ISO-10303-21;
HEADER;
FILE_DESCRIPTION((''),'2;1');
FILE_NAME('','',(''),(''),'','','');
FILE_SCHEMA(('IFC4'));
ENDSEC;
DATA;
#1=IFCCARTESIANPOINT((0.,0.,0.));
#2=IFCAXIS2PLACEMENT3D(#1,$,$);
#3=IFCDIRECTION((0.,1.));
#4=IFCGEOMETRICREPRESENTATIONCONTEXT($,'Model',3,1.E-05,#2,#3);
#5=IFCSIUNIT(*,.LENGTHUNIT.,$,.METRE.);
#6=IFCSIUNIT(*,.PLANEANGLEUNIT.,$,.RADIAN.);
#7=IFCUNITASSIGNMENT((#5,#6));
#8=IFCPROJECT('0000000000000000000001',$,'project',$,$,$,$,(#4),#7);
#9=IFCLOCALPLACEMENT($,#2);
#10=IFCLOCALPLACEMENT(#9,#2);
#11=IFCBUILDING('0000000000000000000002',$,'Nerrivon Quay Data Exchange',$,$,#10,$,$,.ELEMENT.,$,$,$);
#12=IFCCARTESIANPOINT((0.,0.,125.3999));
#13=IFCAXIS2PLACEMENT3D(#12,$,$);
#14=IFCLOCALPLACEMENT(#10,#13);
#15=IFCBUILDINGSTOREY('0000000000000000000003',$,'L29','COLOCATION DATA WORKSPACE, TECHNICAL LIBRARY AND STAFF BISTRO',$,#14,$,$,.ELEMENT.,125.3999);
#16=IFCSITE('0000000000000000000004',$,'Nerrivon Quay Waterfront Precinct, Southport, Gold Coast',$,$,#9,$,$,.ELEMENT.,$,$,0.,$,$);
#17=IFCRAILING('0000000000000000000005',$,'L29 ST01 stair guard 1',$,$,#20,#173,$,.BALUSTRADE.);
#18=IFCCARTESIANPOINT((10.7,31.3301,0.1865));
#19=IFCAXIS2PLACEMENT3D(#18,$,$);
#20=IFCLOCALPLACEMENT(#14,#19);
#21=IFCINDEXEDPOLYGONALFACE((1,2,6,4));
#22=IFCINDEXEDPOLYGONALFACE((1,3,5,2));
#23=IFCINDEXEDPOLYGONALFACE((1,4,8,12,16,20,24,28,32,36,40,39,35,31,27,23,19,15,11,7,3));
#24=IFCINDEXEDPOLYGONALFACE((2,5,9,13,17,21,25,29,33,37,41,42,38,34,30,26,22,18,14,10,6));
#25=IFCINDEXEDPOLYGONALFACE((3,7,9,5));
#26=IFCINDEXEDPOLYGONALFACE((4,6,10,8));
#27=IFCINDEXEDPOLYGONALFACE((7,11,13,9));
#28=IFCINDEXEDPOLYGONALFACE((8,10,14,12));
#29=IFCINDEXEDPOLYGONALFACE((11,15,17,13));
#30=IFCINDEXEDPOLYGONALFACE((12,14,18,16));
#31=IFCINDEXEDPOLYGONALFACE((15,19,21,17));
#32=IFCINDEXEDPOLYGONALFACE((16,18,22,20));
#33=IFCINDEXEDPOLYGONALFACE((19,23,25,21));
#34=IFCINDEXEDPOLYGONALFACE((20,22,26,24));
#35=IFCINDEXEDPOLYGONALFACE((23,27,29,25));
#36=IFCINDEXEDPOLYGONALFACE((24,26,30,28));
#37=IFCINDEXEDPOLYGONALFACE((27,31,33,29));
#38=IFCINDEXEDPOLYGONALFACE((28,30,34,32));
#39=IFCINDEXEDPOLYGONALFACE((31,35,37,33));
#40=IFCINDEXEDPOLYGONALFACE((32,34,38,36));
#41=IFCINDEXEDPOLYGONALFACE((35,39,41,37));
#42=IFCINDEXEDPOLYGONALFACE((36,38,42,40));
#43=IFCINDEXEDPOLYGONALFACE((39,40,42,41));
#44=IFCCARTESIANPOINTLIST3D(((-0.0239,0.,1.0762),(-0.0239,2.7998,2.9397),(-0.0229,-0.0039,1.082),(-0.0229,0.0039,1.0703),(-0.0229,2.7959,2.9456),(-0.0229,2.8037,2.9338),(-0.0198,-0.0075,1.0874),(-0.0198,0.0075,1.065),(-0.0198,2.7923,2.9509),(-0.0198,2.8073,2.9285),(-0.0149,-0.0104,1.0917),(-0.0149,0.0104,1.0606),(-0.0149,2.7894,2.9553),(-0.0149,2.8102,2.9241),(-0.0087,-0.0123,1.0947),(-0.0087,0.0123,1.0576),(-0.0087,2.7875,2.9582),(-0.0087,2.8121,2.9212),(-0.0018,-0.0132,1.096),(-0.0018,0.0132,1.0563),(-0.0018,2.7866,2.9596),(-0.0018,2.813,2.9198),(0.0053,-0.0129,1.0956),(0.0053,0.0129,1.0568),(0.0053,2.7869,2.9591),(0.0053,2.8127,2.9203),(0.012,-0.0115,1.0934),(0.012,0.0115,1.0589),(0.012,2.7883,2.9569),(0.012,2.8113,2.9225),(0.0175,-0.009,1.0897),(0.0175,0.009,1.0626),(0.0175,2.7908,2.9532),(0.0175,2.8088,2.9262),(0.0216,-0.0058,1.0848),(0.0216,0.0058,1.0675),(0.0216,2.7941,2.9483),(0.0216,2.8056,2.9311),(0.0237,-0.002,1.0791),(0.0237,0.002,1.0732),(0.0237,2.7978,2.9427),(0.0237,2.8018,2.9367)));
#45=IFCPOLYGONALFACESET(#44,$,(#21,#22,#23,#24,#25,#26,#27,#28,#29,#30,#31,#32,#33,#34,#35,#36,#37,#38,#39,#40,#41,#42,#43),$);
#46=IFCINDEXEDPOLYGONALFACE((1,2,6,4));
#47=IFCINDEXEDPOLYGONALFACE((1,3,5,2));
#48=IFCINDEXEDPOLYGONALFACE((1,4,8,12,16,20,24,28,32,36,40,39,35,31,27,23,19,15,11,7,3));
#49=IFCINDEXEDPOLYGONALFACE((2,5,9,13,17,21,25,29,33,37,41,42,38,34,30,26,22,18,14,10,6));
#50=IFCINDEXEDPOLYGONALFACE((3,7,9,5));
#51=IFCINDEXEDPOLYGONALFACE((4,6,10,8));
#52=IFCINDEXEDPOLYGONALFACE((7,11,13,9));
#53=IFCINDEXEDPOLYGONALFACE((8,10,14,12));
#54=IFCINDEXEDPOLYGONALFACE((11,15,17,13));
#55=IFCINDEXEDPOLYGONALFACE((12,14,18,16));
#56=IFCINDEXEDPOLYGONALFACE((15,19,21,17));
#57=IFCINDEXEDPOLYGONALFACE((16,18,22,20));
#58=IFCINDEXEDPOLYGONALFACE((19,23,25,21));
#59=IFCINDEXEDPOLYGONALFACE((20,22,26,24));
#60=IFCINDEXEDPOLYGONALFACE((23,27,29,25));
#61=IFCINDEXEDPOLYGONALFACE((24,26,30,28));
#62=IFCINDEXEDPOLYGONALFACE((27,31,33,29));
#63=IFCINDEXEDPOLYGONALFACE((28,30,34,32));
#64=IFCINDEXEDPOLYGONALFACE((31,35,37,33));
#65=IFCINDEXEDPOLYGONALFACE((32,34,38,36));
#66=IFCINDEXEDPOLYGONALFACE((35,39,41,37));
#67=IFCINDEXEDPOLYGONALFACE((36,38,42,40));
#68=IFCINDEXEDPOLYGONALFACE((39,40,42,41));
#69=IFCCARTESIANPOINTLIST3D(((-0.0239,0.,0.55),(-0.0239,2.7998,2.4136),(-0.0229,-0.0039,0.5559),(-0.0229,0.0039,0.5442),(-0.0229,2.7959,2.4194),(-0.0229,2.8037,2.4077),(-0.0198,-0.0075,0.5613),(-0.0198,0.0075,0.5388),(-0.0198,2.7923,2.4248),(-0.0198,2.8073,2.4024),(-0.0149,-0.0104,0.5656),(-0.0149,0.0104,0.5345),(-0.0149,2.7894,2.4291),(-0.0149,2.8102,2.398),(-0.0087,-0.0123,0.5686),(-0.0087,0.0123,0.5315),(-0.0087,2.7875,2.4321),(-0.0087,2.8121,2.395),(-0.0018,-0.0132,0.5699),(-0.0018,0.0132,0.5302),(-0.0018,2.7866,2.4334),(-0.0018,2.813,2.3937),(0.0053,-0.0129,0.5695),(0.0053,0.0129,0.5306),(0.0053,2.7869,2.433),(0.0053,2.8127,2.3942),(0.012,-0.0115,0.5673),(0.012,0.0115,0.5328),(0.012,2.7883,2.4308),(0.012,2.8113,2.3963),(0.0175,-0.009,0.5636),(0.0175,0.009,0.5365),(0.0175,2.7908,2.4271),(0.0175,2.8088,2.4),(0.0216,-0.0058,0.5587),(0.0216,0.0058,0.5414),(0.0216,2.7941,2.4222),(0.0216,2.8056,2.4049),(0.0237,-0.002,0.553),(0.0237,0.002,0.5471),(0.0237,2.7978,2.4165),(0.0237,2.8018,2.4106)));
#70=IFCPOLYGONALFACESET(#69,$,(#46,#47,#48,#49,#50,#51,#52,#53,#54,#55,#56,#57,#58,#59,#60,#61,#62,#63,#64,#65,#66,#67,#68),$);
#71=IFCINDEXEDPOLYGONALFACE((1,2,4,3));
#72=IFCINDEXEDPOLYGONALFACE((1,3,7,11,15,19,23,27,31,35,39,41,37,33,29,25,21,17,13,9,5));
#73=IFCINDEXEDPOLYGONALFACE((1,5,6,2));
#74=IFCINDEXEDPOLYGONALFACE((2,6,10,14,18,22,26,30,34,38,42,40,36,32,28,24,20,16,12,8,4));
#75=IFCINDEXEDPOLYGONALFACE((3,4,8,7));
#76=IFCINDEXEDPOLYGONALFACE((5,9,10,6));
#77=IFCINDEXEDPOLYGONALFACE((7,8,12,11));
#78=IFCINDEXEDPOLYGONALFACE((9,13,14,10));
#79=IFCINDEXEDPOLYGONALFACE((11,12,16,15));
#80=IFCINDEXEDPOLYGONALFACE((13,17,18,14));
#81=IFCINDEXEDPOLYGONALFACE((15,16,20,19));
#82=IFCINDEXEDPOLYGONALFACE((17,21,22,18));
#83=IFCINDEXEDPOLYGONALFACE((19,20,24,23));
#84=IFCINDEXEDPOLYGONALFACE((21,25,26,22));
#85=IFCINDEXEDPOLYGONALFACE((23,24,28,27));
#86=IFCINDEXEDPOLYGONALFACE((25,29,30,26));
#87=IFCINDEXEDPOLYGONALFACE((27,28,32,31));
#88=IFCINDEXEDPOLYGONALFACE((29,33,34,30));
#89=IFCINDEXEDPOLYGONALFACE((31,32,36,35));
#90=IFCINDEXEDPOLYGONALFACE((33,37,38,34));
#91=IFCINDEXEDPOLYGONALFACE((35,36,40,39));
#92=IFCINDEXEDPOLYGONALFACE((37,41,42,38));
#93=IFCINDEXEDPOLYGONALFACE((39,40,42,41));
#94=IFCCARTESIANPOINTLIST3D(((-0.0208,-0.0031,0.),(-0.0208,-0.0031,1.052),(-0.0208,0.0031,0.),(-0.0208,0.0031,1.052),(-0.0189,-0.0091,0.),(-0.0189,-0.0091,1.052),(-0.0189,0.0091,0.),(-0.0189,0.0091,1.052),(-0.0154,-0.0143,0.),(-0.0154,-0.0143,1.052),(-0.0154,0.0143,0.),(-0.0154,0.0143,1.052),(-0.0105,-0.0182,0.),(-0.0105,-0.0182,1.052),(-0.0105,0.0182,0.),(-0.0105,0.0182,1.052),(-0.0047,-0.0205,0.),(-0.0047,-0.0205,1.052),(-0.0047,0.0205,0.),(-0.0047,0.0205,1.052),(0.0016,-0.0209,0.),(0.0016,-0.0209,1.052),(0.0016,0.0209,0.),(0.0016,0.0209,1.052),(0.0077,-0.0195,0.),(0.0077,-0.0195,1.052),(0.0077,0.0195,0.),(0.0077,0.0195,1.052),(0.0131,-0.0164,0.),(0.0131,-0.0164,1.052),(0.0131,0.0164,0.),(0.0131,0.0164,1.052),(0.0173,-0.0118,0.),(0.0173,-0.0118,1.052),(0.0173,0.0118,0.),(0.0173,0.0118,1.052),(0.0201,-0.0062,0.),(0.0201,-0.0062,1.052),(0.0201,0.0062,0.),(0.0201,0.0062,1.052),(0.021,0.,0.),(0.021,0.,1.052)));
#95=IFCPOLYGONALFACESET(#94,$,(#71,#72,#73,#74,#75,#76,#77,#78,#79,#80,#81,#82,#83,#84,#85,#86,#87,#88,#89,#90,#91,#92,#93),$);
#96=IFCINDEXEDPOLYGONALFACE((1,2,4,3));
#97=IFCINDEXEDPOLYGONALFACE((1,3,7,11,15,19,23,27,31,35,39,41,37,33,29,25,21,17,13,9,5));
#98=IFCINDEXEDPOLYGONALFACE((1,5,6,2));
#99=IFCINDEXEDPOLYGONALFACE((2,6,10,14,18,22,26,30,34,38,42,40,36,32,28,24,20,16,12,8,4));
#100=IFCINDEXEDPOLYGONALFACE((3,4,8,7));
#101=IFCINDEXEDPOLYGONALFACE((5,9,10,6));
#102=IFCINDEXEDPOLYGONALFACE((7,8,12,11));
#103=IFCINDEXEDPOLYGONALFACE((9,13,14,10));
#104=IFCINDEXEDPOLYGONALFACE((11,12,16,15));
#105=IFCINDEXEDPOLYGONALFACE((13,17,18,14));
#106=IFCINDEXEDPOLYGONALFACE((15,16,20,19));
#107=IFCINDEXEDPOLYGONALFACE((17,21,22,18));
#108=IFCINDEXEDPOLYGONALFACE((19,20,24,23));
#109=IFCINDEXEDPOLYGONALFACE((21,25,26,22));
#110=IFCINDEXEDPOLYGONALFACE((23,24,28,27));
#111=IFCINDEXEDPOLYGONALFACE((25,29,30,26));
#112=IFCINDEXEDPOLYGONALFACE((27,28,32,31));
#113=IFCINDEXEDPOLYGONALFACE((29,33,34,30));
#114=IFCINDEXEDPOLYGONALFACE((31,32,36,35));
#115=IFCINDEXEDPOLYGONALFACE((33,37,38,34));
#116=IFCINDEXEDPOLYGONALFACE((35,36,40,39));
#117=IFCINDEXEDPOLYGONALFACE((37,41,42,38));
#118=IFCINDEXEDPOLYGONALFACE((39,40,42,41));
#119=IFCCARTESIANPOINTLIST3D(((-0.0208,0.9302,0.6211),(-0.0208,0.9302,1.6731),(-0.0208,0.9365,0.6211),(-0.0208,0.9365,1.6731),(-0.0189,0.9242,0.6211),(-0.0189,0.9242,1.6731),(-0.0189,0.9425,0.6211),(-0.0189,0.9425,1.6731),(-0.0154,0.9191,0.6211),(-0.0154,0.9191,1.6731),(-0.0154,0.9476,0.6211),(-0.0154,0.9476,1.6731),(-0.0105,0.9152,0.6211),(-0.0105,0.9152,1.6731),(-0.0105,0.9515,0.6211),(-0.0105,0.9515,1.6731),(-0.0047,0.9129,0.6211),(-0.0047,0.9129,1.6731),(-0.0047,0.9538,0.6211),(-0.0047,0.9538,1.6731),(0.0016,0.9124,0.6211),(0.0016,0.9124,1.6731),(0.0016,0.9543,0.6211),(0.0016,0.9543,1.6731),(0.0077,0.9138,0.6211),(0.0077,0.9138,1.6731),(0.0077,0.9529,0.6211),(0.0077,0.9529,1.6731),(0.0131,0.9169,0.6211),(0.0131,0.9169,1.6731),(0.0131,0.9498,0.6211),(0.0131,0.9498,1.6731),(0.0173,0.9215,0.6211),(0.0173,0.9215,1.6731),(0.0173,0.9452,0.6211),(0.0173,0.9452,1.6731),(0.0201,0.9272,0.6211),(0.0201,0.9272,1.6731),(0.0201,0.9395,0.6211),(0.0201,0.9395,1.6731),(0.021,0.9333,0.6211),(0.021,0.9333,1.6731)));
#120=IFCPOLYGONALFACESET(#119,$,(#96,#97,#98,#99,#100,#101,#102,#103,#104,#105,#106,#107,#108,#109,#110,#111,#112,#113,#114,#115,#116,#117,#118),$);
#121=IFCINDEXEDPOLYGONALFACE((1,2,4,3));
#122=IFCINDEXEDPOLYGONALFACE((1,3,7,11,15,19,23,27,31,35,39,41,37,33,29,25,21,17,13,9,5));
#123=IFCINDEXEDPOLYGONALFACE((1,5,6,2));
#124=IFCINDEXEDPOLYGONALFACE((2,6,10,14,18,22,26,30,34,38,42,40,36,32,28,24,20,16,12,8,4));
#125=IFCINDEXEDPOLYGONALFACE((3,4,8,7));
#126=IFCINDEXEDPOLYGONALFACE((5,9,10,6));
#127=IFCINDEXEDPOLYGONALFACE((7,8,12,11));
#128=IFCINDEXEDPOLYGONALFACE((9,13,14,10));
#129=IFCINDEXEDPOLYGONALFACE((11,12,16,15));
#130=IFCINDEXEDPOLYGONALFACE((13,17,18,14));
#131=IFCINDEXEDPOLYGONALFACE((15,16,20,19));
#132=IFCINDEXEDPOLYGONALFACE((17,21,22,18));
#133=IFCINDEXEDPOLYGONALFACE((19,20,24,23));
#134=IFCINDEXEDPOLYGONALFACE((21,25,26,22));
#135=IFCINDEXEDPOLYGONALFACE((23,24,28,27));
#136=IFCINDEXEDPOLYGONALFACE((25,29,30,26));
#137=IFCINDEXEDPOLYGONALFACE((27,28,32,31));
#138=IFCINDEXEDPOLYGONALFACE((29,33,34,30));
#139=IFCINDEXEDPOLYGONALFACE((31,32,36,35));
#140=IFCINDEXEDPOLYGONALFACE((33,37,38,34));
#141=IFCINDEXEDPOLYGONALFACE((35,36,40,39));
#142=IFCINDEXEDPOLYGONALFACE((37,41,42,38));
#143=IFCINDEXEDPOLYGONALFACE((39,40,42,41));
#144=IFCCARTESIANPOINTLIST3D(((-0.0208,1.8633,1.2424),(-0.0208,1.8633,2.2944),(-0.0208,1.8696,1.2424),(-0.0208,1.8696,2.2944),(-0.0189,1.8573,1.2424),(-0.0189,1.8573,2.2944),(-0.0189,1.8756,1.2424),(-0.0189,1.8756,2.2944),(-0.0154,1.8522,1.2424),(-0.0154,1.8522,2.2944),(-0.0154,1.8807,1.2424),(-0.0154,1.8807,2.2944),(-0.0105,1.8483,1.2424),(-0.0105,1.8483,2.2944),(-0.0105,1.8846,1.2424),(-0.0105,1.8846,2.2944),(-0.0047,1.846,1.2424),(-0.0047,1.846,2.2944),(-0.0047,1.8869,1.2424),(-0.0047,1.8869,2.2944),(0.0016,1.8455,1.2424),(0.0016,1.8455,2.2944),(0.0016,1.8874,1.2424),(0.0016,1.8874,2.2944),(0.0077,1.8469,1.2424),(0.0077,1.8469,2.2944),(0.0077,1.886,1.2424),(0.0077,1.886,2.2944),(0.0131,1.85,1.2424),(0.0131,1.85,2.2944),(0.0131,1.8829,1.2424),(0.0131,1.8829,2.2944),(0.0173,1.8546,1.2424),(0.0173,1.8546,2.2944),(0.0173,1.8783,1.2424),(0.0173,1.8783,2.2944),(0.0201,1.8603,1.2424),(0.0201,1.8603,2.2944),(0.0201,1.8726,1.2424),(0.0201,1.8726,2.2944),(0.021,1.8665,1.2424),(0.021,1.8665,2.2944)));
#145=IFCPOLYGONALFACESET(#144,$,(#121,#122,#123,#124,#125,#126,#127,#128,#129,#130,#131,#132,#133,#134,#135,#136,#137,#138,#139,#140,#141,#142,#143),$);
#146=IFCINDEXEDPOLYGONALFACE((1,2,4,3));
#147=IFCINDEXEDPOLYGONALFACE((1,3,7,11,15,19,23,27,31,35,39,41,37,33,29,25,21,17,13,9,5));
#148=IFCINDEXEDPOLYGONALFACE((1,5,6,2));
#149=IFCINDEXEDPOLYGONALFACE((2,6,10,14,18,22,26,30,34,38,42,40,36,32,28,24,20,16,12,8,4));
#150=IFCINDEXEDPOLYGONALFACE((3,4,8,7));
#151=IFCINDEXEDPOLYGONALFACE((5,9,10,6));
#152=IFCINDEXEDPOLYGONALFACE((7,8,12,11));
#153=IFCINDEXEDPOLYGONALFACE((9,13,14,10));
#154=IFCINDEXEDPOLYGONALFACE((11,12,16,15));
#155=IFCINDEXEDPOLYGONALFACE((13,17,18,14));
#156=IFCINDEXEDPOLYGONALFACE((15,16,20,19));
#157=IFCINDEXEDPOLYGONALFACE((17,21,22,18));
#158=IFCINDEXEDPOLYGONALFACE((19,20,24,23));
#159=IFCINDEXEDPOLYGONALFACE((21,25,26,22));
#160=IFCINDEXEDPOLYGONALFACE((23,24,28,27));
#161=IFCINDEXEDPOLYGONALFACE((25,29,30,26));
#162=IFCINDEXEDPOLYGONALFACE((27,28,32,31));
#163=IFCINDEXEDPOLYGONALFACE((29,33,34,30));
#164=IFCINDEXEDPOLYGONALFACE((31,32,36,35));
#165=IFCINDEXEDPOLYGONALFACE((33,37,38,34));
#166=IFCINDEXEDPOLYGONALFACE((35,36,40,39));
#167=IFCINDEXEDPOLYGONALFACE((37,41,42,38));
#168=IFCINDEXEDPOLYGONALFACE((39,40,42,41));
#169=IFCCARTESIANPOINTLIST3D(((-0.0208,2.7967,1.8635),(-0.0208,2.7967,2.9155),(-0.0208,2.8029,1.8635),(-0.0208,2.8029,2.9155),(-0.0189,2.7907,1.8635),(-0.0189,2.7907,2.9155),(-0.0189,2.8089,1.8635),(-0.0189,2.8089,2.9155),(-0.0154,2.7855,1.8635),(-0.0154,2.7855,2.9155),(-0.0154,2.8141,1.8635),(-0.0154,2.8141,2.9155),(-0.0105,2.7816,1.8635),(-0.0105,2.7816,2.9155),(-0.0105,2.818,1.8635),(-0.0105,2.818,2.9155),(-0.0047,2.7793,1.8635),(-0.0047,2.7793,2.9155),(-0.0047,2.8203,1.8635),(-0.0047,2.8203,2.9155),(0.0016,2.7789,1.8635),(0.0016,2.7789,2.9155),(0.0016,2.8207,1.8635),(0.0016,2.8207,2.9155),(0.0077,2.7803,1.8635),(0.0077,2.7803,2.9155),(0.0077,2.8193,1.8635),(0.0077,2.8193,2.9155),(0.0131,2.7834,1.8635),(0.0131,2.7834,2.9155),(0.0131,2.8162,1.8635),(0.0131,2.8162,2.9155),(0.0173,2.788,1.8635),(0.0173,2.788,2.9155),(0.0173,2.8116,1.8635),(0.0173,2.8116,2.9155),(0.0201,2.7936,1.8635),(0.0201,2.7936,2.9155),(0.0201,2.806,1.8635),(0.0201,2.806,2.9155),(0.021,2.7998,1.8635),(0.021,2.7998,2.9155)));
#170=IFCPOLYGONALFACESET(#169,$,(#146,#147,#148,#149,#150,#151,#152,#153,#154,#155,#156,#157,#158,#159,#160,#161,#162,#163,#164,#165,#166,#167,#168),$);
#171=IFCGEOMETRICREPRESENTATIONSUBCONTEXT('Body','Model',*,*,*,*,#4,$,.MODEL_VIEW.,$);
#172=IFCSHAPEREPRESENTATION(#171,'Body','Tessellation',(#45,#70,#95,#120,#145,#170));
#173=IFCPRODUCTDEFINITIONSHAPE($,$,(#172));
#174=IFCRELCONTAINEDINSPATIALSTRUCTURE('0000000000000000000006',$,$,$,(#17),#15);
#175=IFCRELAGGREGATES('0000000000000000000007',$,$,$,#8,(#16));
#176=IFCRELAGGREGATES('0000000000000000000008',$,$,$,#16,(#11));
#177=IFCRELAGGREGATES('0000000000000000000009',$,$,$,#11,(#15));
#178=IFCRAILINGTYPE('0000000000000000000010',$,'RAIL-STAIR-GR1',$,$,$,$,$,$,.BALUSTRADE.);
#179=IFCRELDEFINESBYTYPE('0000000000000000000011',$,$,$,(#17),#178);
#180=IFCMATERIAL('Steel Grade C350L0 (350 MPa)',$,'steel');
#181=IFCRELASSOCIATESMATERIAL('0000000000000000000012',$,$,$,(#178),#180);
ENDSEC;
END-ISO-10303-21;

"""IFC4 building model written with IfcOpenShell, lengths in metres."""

from ifc_helpers import new_model, si_unit, direction, frame, origin, origin_2d, place, context, subcontext, project, spatial, circle, extrude, material, type_object, element, save


model = new_model("IFC4")

# Units and contexts
model_context = context("Model", 3, precision=1e-05, world=origin(), true_north=direction((0.0, 1.0)))
body_context = subcontext(model_context, "Body", "Model", "MODEL_VIEW")
ifc_project = project(units=[si_unit("LENGTHUNIT", "METRE"), si_unit("PLANEANGLEUNIT", "RADIAN")], contexts=[model_context])

# Site, building, storey
site_placement = place(None, origin())
site = spatial("IfcSite", under=ifc_project, at=site_placement, Name="Nerrivon Quay Waterfront Precinct, Southport, Gold Coast", CompositionType="ELEMENT", RefElevation=0.0)
building_placement = place(site_placement, origin())
building = spatial("IfcBuilding", under=site, at=building_placement, Name="Nerrivon Quay Data Exchange", CompositionType="ELEMENT")
storey_placement = place(building_placement, frame((0.0, 0.0, 125.3999)))
storey = spatial("IfcBuildingStorey", under=building, at=storey_placement, Name="L29", Description="COLOCATION DATA WORKSPACE, TECHNICAL LIBRARY AND STAFF BISTRO", CompositionType="ELEMENT", Elevation=125.3999)

# Railing
ifc_material_1 = material(Name="Steel Grade C350L0 (350 MPa)", Category="steel")
railing_type_1 = type_object("IfcRailingType", Name="RAIL-STAIR-GR1", PredefinedType="BALUSTRADE", material=ifc_material_1)
railing_1_placement = place(storey_placement, frame((10.7, 31.3301, 0.1865)))
element("IfcRailing", 1, at=railing_1_placement, inside=storey, type_object=railing_type_1, Name="L29 ST01 stair guard 1", PredefinedType="BALUSTRADE", context=body_context, shape_type="SweptSolid", body=[
    extrude(circle(Radius=0.0239, at=origin_2d()), frame((0.0, 0.0, 1.0762), z_axis=(0.0, 0.832463, 0.55408), x_axis=(-1.0, 0.0, 0.0)), (0.0, 0.0, 1.0), 3.3633),
    extrude(circle(Radius=0.0239, at=origin_2d()), frame((0.0, 0.0, 0.55), z_axis=(0.0, 0.832463, 0.55408), x_axis=(-1.0, 0.0, 0.0)), (0.0, 0.0, 1.0), 3.3633),
    extrude(circle(Radius=0.021, at=origin_2d()), origin(), (0.0, 0.0, 1.0), 1.052),
    extrude(circle(Radius=0.021, at=origin_2d()), frame((0.0, 0.9333, 0.6211)), (0.0, 0.0, 1.0), 1.052),
    extrude(circle(Radius=0.021, at=origin_2d()), frame((0.0, 1.8665, 1.2424)), (0.0, 0.0, 1.0), 1.052),
    extrude(circle(Radius=0.021, at=origin_2d()), frame((0.0, 2.7998, 1.8635)), (0.0, 0.0, 1.0), 1.052),
])

save(model, "model.ifc")
